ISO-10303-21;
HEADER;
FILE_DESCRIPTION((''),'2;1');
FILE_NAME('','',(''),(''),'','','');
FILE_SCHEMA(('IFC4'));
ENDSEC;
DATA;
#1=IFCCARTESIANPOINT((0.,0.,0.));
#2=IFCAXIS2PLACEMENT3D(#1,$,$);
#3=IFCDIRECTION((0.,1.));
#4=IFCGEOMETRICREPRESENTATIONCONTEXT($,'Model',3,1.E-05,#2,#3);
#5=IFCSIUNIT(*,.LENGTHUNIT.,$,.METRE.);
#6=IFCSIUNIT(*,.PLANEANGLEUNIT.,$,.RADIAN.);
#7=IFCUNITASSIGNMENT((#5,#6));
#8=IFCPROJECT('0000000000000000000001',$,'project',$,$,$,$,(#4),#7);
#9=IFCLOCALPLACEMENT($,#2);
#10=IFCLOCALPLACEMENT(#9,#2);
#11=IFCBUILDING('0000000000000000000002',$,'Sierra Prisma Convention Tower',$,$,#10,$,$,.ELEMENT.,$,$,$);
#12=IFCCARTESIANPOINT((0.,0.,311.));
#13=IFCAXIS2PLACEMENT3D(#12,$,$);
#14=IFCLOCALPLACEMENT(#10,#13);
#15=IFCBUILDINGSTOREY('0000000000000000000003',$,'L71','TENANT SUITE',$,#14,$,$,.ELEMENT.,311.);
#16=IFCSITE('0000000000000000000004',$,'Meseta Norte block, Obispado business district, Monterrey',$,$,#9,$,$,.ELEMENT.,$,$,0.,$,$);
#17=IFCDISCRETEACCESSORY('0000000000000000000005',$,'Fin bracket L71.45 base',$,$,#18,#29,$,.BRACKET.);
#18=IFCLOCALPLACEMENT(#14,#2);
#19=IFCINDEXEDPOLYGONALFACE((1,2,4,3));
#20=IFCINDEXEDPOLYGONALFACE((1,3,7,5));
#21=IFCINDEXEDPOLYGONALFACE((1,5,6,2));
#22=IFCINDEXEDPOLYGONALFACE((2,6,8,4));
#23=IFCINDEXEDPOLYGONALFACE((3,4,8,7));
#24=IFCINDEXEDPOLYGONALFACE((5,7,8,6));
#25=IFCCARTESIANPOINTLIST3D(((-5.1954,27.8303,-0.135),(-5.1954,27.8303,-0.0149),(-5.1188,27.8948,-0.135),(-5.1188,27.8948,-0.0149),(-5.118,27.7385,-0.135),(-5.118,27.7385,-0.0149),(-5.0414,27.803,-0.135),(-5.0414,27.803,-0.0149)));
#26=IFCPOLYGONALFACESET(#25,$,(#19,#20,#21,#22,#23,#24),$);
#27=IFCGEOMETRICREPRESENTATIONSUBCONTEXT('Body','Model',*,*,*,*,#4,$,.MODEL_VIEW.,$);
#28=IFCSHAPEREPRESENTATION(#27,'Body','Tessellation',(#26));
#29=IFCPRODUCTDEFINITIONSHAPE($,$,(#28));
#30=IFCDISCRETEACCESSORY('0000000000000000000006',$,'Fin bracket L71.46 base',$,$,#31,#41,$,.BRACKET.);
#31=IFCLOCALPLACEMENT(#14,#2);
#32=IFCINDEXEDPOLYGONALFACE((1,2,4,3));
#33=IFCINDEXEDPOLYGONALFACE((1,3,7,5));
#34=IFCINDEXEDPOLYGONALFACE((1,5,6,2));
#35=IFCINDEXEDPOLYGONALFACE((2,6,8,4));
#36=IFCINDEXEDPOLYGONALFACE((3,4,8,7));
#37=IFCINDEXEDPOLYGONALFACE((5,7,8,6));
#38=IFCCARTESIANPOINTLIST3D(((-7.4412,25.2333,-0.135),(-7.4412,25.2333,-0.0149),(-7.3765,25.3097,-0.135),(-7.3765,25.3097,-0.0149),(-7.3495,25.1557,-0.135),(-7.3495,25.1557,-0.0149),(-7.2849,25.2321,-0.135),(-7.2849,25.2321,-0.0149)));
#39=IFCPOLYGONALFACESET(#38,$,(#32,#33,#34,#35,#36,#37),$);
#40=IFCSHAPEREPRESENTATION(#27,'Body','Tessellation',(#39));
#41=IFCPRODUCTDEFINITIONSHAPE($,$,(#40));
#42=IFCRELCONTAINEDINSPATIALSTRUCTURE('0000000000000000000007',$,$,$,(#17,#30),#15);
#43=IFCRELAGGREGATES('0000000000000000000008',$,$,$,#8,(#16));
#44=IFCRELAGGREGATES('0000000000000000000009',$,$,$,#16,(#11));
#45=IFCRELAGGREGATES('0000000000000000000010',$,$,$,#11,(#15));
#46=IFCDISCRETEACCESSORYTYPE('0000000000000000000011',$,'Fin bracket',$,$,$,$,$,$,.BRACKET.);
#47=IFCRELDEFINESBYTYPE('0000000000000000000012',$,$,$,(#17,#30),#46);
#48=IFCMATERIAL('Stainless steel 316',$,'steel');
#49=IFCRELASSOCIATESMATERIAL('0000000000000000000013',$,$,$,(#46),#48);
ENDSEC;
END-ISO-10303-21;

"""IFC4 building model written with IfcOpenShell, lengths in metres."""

from ifc_helpers import new_model, si_unit, direction, frame, origin, origin_2d, place, context, subcontext, project, spatial, rectangle, extrude, material, type_object, element, save


model = new_model("IFC4")

# Units and contexts
model_context = context("Model", 3, precision=1e-05, world=origin(), true_north=direction((0.0, 1.0)))
body_context = subcontext(model_context, "Body", "Model", "MODEL_VIEW")
ifc_project = project(units=[si_unit("LENGTHUNIT", "METRE"), si_unit("PLANEANGLEUNIT", "RADIAN")], contexts=[model_context])

# Site, building, storey
site_placement = place(None, origin())
site = spatial("IfcSite", under=ifc_project, at=site_placement, Name="Meseta Norte block, Obispado business district, Monterrey", CompositionType="ELEMENT", RefElevation=0.0)
building_placement = place(site_placement, origin())
building = spatial("IfcBuilding", under=site, at=building_placement, Name="Sierra Prisma Convention Tower", CompositionType="ELEMENT")
storey_placement = place(building_placement, frame((0.0, 0.0, 311.0)))
storey = spatial("IfcBuildingStorey", under=building, at=storey_placement, Name="L71", Description="TENANT SUITE", CompositionType="ELEMENT", Elevation=311.0)

# Discrete accessories
ifc_material_1 = material(Name="Stainless steel 316", Category="steel")
discrete_accessory_type = type_object("IfcDiscreteAccessoryType", Name="Fin bracket", PredefinedType="BRACKET", material=ifc_material_1)
for number, where, z_axis, x_axis, name in (
    (1, (-5.1184, 27.8167, -0.135), (0.0, 0.0, 1.0), (-0.644276, 0.764793, 0.0), "Fin bracket L71.45 base"),
    (2, (-7.363, 25.2327, -0.135), (0.0, 0.0, 1.0), (-0.763253, 0.6461, 0.0), "Fin bracket L71.46 base"),
):
    element("IfcDiscreteAccessory", number, at=place(storey_placement, frame(where, z_axis=z_axis, x_axis=x_axis)), inside=storey, type_object=discrete_accessory_type, Name=name, PredefinedType="BRACKET", context=body_context, shape_type="SweptSolid", body=[
        extrude(rectangle(XDim=0.1201, YDim=0.1001, at=origin_2d()), origin(), (0.0, 0.0, 1.0), 0.1201),
    ])

save(model, "model.ifc")
